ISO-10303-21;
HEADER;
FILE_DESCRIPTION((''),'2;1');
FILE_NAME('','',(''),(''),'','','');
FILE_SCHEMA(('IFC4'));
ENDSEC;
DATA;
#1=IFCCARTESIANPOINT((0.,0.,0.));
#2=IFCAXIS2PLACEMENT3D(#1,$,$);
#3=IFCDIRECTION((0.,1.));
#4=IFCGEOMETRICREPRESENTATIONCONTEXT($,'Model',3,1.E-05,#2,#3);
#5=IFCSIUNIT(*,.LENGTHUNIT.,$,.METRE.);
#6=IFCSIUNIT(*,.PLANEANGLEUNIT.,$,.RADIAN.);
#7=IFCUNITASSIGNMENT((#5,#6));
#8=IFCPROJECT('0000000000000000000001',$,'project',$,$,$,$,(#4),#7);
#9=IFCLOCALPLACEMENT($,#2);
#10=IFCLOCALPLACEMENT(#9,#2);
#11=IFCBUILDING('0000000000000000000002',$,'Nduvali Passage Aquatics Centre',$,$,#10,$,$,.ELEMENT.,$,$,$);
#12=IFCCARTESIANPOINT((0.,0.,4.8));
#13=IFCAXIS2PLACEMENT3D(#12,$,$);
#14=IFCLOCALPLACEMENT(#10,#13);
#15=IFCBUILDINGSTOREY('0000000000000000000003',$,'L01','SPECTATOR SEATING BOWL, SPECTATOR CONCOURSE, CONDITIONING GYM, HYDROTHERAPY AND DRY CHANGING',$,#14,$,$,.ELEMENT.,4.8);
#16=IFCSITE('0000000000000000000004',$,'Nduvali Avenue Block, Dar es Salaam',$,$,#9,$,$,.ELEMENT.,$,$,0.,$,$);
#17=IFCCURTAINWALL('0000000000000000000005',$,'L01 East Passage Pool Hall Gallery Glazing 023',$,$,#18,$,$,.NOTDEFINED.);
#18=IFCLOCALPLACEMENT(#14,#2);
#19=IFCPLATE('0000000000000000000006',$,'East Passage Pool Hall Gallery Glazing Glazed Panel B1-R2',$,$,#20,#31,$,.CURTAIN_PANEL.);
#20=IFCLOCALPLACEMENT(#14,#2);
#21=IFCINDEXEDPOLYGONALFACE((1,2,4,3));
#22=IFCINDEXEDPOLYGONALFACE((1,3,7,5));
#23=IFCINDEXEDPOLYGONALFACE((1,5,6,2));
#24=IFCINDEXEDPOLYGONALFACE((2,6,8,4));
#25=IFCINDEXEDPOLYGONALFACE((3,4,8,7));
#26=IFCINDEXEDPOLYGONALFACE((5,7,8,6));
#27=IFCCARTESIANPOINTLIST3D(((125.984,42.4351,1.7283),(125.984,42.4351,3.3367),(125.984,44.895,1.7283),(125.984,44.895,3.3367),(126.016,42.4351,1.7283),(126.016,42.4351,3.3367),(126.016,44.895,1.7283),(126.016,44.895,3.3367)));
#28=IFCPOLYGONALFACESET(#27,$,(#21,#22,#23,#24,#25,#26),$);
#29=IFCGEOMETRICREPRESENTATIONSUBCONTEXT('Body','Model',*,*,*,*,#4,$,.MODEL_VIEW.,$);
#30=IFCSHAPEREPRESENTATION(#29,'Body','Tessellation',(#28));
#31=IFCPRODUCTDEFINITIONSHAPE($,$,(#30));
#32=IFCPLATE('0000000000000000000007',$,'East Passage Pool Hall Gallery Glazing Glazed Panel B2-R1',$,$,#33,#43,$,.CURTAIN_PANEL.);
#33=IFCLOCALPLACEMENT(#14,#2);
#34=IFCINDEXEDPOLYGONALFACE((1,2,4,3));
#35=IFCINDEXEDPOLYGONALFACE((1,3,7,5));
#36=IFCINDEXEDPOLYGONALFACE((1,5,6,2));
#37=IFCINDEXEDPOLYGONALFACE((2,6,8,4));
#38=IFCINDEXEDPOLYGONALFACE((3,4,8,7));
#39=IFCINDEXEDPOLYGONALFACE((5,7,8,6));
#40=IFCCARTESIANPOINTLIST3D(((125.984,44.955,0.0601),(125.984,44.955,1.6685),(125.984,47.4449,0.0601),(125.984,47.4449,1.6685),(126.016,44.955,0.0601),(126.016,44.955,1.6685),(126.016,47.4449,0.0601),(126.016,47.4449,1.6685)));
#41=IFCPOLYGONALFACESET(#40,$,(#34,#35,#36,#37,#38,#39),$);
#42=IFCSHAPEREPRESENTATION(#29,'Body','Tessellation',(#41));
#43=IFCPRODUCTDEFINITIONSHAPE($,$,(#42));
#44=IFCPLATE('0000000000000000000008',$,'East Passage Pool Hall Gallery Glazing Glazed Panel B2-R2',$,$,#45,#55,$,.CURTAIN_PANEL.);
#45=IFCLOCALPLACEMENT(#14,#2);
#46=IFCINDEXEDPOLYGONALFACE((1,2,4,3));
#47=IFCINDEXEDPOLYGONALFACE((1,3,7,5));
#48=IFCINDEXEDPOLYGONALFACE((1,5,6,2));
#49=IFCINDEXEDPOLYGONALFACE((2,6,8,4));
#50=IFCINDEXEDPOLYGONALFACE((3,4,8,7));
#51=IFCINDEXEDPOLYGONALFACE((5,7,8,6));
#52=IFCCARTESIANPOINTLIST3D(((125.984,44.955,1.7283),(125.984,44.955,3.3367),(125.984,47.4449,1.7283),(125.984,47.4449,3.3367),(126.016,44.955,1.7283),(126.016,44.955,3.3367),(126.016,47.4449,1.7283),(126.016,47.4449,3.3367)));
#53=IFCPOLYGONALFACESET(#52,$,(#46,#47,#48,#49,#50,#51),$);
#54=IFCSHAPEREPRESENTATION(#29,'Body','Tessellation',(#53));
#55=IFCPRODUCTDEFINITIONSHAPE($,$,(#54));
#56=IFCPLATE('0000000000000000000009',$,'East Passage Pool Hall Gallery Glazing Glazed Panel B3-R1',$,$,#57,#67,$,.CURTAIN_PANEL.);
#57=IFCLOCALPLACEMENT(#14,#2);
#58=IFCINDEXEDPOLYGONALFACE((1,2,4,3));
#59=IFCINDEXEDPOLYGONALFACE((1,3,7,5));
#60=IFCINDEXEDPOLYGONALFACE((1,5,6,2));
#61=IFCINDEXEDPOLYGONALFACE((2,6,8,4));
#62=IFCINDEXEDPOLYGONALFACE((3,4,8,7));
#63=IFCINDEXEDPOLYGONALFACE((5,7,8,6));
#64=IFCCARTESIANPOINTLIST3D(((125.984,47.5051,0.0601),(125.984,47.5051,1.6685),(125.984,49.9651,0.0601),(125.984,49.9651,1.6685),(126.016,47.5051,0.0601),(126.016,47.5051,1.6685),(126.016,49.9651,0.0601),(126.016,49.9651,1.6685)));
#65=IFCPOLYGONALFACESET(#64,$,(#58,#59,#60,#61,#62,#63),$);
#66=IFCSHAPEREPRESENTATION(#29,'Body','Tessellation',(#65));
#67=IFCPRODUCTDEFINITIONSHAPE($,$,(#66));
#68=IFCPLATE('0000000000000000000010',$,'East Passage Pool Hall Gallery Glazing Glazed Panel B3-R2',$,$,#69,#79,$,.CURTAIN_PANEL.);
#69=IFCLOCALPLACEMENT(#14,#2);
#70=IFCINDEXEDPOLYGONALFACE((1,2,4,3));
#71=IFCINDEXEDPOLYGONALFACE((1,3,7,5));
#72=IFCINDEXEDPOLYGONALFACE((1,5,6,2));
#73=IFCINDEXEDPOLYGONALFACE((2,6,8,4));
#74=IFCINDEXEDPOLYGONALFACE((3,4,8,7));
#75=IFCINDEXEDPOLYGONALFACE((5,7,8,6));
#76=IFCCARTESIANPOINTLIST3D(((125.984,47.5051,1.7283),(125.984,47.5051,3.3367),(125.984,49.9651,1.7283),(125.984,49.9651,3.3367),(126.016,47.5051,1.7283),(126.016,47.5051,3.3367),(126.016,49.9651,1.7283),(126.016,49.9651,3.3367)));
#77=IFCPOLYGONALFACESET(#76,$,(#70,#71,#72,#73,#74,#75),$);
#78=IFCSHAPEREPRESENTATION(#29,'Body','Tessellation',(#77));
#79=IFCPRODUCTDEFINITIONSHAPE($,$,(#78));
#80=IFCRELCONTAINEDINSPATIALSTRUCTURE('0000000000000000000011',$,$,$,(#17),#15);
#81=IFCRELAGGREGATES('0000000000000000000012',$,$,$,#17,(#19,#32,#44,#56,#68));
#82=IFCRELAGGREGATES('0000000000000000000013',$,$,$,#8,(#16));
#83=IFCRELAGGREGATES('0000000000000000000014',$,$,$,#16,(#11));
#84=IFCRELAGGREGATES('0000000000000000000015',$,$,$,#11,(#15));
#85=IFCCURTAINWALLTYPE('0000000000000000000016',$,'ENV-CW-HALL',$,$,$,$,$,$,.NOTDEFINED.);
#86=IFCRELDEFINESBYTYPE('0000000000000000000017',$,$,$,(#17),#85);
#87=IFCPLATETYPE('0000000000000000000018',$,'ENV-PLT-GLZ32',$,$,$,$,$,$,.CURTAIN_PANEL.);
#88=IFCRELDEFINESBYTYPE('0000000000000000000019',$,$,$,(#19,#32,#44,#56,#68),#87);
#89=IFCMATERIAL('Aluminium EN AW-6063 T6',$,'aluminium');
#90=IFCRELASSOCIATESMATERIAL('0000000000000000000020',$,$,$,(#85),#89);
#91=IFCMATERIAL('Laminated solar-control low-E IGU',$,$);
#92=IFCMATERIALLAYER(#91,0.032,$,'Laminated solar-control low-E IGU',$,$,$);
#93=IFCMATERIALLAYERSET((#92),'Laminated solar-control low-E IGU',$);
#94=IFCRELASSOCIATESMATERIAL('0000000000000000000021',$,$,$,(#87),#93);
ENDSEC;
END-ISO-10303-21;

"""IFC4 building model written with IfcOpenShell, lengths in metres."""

from ifc_helpers import new_model, si_unit, direction, frame, origin, origin_2d, place, context, subcontext, project, spatial, rectangle, extrude, material, layer, layer_set, type_object, element, aggregate, save


model = new_model("IFC4")

# Units and contexts
model_context = context("Model", 3, precision=1e-05, world=origin(), true_north=direction((0.0, 1.0)))
body_context = subcontext(model_context, "Body", "Model", "MODEL_VIEW")
ifc_project = project(units=[si_unit("LENGTHUNIT", "METRE"), si_unit("PLANEANGLEUNIT", "RADIAN")], contexts=[model_context])

# Site, building, storey
site_placement = place(None, origin())
site = spatial("IfcSite", under=ifc_project, at=site_placement, Name="Nduvali Avenue Block, Dar es Salaam", CompositionType="ELEMENT", RefElevation=0.0)
building_placement = place(site_placement, origin())
building = spatial("IfcBuilding", under=site, at=building_placement, Name="Nduvali Passage Aquatics Centre", CompositionType="ELEMENT")
storey_placement = place(building_placement, frame((0.0, 0.0, 4.8)))
storey = spatial("IfcBuildingStorey", under=building, at=storey_placement, Name="L01", Description="SPECTATOR SEATING BOWL, SPECTATOR CONCOURSE, CONDITIONING GYM, HYDROTHERAPY AND DRY CHANGING", CompositionType="ELEMENT", Elevation=4.8)

# Curtain wall
ifc_material_1 = material(Name="Aluminium EN AW-6063 T6", Category="aluminium")
curtain_wall_type = type_object("IfcCurtainWallType", Name="ENV-CW-HALL", PredefinedType="NOTDEFINED", material=ifc_material_1)
curtain_wall_1_placement = place(storey_placement, origin())
curtain_wall_1 = element("IfcCurtainWall", 1, at=curtain_wall_1_placement, inside=storey, type_object=curtain_wall_type, Name="L01 East Passage Pool Hall Gallery Glazing 023", PredefinedType="NOTDEFINED")

# Plates
ifc_material_2 = material(Name="Laminated solar-control low-E IGU")
ifc_layer = layer(ifc_material_2, 0.032, Name="Laminated solar-control low-E IGU")
ifc_layer_set = layer_set([ifc_layer], Name="Laminated solar-control low-E IGU")
plate_type = type_object("IfcPlateType", Name="ENV-PLT-GLZ32", PredefinedType="CURTAIN_PANEL", material=ifc_layer_set)
plate_1_placement = place(storey_placement, frame((126.0, 43.665, 1.7283), z_axis=(0.0, 0.0, 1.0), x_axis=(0.0, 1.0, 0.0)))
plate_1 = element("IfcPlate", 2, at=plate_1_placement, type_object=plate_type, Name="East Passage Pool Hall Gallery Glazing Glazed Panel B1-R2", PredefinedType="CURTAIN_PANEL", context=body_context, shape_type="SweptSolid", body=[
    extrude(rectangle(XDim=2.46, YDim=0.032, at=origin_2d()), origin(), (0.0, 0.0, 1.0), 1.6084),
])
plate_2_placement = place(storey_placement, frame((126.0, 46.2, 0.0601), z_axis=(0.0, 0.0, 1.0), x_axis=(0.0, 1.0, 0.0)))
plate_2 = element("IfcPlate", 3, at=plate_2_placement, type_object=plate_type, Name="East Passage Pool Hall Gallery Glazing Glazed Panel B2-R1", PredefinedType="CURTAIN_PANEL", context=body_context, shape_type="SweptSolid", body=[
    extrude(rectangle(XDim=2.49, YDim=0.032, at=origin_2d()), origin(), (0.0, 0.0, 1.0), 1.6084),
])
plate_3_placement = place(storey_placement, frame((126.0, 46.2, 1.7283), z_axis=(0.0, 0.0, 1.0), x_axis=(0.0, 1.0, 0.0)))
plate_3 = element("IfcPlate", 4, at=plate_3_placement, type_object=plate_type, Name="East Passage Pool Hall Gallery Glazing Glazed Panel B2-R2", PredefinedType="CURTAIN_PANEL", context=body_context, shape_type="SweptSolid", body=[
    extrude(rectangle(XDim=2.49, YDim=0.032, at=origin_2d()), origin(), (0.0, 0.0, 1.0), 1.6084),
])
plate_4_placement = place(storey_placement, frame((126.0, 48.7351, 0.0601), z_axis=(0.0, 0.0, 1.0), x_axis=(0.0, 1.0, 0.0)))
plate_4 = element("IfcPlate", 5, at=plate_4_placement, type_object=plate_type, Name="East Passage Pool Hall Gallery Glazing Glazed Panel B3-R1", PredefinedType="CURTAIN_PANEL", context=body_context, shape_type="SweptSolid", body=[
    extrude(rectangle(XDim=2.46, YDim=0.032, at=origin_2d()), origin(), (0.0, 0.0, 1.0), 1.6084),
])
plate_5_placement = place(storey_placement, frame((126.0, 48.7351, 1.7283), z_axis=(0.0, 0.0, 1.0), x_axis=(0.0, 1.0, 0.0)))
plate_5 = element("IfcPlate", 6, at=plate_5_placement, type_object=plate_type, Name="East Passage Pool Hall Gallery Glazing Glazed Panel B3-R2", PredefinedType="CURTAIN_PANEL", context=body_context, shape_type="SweptSolid", body=[
    extrude(rectangle(XDim=2.46, YDim=0.032, at=origin_2d()), origin(), (0.0, 0.0, 1.0), 1.6084),
])
aggregate(curtain_wall_1, [plate_1, plate_2, plate_3, plate_4, plate_5])

save(model, "model.ifc")
